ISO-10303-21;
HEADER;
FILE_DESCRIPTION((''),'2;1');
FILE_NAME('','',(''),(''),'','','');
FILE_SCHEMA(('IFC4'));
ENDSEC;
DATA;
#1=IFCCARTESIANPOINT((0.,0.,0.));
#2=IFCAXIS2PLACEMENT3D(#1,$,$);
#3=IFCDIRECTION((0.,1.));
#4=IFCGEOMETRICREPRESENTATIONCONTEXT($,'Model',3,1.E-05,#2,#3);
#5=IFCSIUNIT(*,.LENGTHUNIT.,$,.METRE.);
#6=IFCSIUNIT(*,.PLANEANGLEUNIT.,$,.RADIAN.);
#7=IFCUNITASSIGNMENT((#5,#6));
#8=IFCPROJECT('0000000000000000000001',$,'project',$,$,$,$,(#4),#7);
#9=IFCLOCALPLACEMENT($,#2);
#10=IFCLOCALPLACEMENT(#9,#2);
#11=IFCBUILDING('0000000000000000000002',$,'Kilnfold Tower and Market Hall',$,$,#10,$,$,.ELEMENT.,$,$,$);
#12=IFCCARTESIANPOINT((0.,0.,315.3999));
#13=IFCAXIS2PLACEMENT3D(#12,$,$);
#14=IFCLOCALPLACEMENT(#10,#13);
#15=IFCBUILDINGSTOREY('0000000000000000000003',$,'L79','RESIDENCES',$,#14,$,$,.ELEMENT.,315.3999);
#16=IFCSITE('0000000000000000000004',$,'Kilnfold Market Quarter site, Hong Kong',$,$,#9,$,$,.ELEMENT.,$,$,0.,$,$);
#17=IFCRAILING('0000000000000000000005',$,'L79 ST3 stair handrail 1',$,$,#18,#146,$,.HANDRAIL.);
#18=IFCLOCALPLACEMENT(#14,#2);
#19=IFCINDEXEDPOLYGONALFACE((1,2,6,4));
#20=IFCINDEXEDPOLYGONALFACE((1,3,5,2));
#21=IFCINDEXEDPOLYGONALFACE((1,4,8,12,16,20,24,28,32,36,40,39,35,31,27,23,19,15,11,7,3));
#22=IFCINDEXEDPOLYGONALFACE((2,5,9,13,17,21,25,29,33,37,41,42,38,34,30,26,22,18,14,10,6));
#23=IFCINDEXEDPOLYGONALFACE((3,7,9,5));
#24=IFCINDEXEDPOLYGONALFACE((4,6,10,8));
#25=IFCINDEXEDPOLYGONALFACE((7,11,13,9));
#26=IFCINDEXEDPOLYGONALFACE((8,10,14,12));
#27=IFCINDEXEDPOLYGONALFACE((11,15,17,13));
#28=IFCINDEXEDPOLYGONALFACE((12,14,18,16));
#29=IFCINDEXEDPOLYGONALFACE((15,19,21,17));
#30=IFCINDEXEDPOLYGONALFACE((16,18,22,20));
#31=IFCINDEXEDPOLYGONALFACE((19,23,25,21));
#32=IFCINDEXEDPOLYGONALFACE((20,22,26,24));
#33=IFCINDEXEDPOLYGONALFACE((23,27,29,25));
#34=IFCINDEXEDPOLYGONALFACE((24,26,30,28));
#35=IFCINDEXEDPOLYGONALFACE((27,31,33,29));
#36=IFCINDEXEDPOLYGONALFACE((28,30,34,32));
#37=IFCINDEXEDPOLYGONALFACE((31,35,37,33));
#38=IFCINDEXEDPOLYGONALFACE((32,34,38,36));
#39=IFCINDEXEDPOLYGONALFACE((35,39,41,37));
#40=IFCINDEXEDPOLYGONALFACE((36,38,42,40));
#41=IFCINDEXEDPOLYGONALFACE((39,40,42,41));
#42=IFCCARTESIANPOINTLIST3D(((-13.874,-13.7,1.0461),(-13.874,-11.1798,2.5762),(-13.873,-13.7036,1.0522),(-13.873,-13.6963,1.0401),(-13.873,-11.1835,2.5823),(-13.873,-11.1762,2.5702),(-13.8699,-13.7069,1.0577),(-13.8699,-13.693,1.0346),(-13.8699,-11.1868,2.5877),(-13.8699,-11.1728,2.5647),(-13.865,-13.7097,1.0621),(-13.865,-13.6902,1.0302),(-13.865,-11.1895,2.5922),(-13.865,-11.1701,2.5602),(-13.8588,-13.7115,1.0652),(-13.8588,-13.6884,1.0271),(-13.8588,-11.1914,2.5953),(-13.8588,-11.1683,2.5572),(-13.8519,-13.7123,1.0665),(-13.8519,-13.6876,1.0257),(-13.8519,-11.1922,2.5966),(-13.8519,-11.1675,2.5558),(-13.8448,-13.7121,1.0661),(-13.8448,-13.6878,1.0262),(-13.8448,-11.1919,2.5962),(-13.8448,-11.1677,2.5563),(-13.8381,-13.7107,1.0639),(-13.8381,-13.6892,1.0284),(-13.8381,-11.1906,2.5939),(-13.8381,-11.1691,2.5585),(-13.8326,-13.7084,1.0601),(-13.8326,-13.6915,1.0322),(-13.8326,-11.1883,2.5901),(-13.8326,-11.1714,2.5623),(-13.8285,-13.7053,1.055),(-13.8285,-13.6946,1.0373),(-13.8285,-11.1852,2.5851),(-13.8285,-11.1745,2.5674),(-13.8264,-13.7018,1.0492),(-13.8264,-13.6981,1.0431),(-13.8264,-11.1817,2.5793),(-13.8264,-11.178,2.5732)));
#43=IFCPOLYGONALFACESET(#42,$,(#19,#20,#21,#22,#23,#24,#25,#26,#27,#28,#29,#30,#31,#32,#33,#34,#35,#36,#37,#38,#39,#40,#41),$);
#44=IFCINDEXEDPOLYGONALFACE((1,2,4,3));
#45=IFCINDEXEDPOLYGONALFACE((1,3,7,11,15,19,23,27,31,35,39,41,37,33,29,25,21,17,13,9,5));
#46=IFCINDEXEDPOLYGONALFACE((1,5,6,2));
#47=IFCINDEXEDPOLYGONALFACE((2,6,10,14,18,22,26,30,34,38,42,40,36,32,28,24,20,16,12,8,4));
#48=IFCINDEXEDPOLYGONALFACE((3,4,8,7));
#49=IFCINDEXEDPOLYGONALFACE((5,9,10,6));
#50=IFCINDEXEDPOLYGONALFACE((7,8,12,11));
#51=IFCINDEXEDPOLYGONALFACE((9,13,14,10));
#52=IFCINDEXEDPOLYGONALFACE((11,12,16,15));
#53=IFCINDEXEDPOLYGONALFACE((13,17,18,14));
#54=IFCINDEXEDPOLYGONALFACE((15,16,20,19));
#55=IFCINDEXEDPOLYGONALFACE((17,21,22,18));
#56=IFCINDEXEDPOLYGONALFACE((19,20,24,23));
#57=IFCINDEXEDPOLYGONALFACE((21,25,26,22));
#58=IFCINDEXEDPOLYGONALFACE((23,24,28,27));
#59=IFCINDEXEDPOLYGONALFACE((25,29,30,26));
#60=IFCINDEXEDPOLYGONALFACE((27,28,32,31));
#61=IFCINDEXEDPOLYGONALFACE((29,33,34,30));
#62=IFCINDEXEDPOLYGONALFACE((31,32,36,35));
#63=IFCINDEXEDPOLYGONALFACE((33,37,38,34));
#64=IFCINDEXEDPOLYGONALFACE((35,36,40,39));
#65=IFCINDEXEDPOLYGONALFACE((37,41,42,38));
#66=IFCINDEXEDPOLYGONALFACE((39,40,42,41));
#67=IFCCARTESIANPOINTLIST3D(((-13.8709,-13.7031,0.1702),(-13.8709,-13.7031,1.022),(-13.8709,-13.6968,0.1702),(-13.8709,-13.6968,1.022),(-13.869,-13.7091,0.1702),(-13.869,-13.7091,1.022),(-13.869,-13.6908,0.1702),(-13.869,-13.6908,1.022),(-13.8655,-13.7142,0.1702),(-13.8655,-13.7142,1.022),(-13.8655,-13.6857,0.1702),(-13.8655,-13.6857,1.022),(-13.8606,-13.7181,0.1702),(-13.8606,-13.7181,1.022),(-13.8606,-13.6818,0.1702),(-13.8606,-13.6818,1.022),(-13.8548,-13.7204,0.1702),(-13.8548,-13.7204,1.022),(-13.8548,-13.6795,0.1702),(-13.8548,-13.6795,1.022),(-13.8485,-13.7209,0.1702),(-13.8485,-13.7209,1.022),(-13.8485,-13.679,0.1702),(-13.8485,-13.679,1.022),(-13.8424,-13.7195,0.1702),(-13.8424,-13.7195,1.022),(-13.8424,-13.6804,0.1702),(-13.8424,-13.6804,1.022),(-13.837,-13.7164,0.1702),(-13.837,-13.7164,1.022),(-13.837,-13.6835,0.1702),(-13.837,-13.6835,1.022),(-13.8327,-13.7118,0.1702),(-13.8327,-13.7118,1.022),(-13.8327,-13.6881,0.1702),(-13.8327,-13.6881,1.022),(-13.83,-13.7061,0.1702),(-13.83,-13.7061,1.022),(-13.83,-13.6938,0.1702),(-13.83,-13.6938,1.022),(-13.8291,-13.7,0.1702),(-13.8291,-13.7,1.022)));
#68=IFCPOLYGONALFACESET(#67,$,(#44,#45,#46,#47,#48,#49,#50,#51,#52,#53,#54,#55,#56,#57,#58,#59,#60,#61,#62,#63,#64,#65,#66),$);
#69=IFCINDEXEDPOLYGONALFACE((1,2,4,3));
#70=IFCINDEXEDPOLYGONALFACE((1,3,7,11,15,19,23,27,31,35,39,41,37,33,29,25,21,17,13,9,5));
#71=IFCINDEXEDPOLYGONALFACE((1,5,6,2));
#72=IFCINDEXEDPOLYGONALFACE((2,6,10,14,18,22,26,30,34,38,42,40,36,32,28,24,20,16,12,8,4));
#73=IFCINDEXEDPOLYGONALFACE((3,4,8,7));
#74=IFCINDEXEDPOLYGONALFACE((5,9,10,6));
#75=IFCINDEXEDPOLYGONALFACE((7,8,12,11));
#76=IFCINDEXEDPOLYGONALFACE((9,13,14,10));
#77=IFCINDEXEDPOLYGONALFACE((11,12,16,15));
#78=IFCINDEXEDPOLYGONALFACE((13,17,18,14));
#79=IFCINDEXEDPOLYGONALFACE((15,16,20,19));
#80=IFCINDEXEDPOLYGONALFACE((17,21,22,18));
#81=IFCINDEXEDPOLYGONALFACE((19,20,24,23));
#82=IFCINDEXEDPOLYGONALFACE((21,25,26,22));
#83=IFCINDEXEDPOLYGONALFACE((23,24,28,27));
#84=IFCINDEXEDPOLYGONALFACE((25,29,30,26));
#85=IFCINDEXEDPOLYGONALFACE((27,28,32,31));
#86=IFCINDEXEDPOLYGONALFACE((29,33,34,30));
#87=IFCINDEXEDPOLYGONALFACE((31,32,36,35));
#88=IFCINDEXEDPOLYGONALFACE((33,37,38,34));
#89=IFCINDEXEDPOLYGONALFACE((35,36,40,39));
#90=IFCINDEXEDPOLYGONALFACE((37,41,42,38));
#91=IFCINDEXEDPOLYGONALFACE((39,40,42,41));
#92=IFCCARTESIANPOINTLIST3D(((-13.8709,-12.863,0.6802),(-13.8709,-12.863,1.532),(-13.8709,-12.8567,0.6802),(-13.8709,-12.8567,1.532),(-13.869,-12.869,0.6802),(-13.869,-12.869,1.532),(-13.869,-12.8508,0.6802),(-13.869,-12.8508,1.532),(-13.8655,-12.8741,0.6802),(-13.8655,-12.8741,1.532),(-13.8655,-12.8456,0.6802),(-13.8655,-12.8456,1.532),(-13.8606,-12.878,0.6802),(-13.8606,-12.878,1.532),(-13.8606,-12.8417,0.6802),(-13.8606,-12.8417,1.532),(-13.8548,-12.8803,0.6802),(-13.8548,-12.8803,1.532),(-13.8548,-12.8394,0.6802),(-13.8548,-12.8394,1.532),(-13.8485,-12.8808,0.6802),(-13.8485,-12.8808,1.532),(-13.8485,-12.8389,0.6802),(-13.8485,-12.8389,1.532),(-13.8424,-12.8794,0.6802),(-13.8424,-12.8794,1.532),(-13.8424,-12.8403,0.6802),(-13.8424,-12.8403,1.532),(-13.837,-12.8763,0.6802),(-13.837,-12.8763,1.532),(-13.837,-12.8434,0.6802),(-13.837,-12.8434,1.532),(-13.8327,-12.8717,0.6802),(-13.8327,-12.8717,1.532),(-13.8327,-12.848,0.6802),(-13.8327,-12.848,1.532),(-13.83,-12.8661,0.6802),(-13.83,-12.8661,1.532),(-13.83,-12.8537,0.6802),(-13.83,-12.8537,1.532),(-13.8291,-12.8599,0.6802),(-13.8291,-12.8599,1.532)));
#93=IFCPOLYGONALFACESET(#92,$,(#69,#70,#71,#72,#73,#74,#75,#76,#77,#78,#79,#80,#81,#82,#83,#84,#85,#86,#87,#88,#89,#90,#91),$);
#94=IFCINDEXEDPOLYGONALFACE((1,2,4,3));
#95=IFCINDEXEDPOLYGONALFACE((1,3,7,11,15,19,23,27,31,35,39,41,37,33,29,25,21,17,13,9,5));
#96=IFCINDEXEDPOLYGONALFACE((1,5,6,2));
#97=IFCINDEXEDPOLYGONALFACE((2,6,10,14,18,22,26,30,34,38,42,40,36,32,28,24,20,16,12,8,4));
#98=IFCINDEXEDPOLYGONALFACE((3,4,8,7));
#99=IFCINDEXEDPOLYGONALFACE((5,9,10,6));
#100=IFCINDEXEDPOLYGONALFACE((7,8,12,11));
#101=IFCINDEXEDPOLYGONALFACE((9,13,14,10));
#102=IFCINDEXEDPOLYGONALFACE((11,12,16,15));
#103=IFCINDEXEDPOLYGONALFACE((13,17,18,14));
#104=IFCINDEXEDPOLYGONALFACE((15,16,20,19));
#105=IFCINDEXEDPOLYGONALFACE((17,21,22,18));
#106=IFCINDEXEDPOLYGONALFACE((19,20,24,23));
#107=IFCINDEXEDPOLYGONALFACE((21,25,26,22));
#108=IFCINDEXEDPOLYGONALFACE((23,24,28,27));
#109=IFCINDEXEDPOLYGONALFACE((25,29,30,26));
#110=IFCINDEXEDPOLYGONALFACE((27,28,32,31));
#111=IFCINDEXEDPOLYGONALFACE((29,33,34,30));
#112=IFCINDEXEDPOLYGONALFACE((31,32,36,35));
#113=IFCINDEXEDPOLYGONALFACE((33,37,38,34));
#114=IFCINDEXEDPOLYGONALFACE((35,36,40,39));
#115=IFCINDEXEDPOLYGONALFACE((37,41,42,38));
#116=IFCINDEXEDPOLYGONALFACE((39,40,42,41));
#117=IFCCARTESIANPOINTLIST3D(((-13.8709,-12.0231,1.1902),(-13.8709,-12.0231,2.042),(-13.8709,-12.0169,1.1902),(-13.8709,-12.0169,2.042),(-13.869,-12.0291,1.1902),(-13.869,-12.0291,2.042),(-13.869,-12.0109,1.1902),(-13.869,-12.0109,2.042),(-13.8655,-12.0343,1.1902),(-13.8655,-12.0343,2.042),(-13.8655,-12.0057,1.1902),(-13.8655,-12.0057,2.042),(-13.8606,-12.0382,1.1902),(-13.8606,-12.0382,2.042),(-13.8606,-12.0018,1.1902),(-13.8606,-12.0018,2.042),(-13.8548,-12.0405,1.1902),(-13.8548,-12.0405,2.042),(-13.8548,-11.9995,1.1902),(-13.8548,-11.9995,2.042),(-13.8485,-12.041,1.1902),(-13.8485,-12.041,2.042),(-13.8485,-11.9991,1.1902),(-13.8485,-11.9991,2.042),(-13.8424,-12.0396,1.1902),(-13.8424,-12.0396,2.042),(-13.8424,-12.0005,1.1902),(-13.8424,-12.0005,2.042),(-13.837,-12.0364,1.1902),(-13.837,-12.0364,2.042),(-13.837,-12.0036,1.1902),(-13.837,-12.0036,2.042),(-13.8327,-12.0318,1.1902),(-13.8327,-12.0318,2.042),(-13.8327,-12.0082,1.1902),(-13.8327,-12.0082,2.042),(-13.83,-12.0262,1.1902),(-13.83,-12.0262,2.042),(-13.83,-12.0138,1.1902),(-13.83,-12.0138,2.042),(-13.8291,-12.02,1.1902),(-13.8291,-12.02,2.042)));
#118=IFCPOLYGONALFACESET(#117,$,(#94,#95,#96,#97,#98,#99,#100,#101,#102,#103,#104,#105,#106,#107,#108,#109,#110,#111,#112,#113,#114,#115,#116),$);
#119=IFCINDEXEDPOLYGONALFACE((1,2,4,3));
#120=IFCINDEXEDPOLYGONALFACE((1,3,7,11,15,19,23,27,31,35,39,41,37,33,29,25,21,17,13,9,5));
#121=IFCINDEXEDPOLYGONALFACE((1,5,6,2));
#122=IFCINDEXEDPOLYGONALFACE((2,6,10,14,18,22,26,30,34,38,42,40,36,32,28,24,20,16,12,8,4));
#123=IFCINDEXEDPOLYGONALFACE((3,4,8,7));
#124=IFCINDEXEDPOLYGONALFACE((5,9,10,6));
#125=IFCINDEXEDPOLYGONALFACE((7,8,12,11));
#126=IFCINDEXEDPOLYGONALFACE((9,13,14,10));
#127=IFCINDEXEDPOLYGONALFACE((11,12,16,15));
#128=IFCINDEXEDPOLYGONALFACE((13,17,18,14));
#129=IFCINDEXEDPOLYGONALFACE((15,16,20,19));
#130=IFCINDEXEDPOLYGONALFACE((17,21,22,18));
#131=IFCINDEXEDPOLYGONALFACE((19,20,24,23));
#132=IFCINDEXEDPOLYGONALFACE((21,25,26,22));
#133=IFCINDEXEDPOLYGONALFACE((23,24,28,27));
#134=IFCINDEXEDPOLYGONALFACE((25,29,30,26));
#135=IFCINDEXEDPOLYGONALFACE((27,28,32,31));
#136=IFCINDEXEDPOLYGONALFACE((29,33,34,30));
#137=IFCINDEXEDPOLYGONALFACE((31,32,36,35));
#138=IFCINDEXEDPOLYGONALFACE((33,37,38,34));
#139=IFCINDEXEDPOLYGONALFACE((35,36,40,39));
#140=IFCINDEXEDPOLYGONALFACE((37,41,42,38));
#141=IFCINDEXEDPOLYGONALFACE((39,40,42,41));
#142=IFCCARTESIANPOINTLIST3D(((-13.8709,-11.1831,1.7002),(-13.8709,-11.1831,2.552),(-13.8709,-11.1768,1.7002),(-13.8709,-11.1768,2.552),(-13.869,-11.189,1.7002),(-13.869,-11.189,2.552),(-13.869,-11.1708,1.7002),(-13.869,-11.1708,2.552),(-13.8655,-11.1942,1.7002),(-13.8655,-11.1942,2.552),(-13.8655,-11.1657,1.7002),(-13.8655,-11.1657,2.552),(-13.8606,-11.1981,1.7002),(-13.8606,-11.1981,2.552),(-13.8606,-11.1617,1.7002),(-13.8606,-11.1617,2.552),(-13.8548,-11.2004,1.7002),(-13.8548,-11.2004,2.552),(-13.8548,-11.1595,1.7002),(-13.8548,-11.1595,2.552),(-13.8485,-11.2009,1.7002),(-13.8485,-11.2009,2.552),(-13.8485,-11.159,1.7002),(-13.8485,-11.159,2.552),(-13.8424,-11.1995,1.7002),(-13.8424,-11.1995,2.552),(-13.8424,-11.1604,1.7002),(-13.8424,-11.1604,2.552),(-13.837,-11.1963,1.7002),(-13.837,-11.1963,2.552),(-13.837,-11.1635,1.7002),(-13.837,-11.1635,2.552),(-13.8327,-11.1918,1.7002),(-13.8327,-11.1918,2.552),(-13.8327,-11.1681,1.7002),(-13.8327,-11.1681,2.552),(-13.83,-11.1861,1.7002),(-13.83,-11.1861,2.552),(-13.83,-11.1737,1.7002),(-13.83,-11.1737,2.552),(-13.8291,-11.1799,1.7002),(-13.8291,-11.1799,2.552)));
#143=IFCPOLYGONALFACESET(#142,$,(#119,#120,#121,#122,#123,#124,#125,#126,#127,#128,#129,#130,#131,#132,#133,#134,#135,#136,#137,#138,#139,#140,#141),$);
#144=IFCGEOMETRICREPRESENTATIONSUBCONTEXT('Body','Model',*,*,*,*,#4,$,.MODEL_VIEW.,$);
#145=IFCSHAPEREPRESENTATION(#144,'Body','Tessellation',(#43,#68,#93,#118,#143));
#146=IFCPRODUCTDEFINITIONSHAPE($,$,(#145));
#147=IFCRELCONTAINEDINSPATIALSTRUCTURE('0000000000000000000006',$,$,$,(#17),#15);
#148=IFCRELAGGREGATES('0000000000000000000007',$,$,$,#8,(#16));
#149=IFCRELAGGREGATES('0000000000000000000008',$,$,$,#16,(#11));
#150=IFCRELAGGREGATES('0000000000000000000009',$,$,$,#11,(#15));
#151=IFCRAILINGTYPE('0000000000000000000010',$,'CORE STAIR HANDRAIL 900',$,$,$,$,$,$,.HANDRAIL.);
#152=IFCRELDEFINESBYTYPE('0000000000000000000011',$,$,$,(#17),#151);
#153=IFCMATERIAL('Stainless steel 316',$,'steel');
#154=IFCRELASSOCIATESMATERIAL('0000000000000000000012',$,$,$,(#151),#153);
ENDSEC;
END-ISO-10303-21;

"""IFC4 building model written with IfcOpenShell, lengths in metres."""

from ifc_helpers import new_model, si_unit, direction, frame, origin, origin_2d, place, context, subcontext, project, spatial, circle, extrude, material, type_object, element, save


model = new_model("IFC4")

# Units and contexts
model_context = context("Model", 3, precision=1e-05, world=origin(), true_north=direction((0.0, 1.0)))
body_context = subcontext(model_context, "Body", "Model", "MODEL_VIEW")
ifc_project = project(units=[si_unit("LENGTHUNIT", "METRE"), si_unit("PLANEANGLEUNIT", "RADIAN")], contexts=[model_context])

# Site, building, storey
site_placement = place(None, origin())
site = spatial("IfcSite", under=ifc_project, at=site_placement, Name="Kilnfold Market Quarter site, Hong Kong", CompositionType="ELEMENT", RefElevation=0.0)
building_placement = place(site_placement, origin())
building = spatial("IfcBuilding", under=site, at=building_placement, Name="Kilnfold Tower and Market Hall", CompositionType="ELEMENT")
storey_placement = place(building_placement, frame((0.0, 0.0, 315.3999)))
storey = spatial("IfcBuildingStorey", under=building, at=storey_placement, Name="L79", Description="RESIDENCES", CompositionType="ELEMENT", Elevation=315.3999)

# Railing
ifc_material_1 = material(Name="Stainless steel 316", Category="steel")
railing_type = type_object("IfcRailingType", Name="CORE STAIR HANDRAIL 900", PredefinedType="HANDRAIL", material=ifc_material_1)
railing_placement = place(storey_placement, frame((-13.8501, -13.7, 0.1702)))
element("IfcRailing", 1, at=railing_placement, inside=storey, type_object=railing_type, Name="L79 ST3 stair handrail 1", PredefinedType="HANDRAIL", context=body_context, shape_type="SweptSolid", body=[
    extrude(circle(Radius=0.0239, at=origin_2d()), frame((0.0, 0.0, 0.876), z_axis=(0.0, 0.854785, 0.518982), x_axis=(-1.0, 0.0, 0.0)), (0.0, 0.0, 1.0), 2.9482),
    extrude(circle(Radius=0.021, at=origin_2d()), origin(), (0.0, 0.0, 1.0), 0.8518),
    extrude(circle(Radius=0.021, at=origin_2d()), frame((0.0, 0.8401, 0.51)), (0.0, 0.0, 1.0), 0.8518),
    extrude(circle(Radius=0.021, at=origin_2d()), frame((0.0, 1.6799, 1.02)), (0.0, 0.0, 1.0), 0.8518),
    extrude(circle(Radius=0.021, at=origin_2d()), frame((0.0, 2.52, 1.53)), (0.0, 0.0, 1.0), 0.8518),
])

save(model, "model.ifc")
